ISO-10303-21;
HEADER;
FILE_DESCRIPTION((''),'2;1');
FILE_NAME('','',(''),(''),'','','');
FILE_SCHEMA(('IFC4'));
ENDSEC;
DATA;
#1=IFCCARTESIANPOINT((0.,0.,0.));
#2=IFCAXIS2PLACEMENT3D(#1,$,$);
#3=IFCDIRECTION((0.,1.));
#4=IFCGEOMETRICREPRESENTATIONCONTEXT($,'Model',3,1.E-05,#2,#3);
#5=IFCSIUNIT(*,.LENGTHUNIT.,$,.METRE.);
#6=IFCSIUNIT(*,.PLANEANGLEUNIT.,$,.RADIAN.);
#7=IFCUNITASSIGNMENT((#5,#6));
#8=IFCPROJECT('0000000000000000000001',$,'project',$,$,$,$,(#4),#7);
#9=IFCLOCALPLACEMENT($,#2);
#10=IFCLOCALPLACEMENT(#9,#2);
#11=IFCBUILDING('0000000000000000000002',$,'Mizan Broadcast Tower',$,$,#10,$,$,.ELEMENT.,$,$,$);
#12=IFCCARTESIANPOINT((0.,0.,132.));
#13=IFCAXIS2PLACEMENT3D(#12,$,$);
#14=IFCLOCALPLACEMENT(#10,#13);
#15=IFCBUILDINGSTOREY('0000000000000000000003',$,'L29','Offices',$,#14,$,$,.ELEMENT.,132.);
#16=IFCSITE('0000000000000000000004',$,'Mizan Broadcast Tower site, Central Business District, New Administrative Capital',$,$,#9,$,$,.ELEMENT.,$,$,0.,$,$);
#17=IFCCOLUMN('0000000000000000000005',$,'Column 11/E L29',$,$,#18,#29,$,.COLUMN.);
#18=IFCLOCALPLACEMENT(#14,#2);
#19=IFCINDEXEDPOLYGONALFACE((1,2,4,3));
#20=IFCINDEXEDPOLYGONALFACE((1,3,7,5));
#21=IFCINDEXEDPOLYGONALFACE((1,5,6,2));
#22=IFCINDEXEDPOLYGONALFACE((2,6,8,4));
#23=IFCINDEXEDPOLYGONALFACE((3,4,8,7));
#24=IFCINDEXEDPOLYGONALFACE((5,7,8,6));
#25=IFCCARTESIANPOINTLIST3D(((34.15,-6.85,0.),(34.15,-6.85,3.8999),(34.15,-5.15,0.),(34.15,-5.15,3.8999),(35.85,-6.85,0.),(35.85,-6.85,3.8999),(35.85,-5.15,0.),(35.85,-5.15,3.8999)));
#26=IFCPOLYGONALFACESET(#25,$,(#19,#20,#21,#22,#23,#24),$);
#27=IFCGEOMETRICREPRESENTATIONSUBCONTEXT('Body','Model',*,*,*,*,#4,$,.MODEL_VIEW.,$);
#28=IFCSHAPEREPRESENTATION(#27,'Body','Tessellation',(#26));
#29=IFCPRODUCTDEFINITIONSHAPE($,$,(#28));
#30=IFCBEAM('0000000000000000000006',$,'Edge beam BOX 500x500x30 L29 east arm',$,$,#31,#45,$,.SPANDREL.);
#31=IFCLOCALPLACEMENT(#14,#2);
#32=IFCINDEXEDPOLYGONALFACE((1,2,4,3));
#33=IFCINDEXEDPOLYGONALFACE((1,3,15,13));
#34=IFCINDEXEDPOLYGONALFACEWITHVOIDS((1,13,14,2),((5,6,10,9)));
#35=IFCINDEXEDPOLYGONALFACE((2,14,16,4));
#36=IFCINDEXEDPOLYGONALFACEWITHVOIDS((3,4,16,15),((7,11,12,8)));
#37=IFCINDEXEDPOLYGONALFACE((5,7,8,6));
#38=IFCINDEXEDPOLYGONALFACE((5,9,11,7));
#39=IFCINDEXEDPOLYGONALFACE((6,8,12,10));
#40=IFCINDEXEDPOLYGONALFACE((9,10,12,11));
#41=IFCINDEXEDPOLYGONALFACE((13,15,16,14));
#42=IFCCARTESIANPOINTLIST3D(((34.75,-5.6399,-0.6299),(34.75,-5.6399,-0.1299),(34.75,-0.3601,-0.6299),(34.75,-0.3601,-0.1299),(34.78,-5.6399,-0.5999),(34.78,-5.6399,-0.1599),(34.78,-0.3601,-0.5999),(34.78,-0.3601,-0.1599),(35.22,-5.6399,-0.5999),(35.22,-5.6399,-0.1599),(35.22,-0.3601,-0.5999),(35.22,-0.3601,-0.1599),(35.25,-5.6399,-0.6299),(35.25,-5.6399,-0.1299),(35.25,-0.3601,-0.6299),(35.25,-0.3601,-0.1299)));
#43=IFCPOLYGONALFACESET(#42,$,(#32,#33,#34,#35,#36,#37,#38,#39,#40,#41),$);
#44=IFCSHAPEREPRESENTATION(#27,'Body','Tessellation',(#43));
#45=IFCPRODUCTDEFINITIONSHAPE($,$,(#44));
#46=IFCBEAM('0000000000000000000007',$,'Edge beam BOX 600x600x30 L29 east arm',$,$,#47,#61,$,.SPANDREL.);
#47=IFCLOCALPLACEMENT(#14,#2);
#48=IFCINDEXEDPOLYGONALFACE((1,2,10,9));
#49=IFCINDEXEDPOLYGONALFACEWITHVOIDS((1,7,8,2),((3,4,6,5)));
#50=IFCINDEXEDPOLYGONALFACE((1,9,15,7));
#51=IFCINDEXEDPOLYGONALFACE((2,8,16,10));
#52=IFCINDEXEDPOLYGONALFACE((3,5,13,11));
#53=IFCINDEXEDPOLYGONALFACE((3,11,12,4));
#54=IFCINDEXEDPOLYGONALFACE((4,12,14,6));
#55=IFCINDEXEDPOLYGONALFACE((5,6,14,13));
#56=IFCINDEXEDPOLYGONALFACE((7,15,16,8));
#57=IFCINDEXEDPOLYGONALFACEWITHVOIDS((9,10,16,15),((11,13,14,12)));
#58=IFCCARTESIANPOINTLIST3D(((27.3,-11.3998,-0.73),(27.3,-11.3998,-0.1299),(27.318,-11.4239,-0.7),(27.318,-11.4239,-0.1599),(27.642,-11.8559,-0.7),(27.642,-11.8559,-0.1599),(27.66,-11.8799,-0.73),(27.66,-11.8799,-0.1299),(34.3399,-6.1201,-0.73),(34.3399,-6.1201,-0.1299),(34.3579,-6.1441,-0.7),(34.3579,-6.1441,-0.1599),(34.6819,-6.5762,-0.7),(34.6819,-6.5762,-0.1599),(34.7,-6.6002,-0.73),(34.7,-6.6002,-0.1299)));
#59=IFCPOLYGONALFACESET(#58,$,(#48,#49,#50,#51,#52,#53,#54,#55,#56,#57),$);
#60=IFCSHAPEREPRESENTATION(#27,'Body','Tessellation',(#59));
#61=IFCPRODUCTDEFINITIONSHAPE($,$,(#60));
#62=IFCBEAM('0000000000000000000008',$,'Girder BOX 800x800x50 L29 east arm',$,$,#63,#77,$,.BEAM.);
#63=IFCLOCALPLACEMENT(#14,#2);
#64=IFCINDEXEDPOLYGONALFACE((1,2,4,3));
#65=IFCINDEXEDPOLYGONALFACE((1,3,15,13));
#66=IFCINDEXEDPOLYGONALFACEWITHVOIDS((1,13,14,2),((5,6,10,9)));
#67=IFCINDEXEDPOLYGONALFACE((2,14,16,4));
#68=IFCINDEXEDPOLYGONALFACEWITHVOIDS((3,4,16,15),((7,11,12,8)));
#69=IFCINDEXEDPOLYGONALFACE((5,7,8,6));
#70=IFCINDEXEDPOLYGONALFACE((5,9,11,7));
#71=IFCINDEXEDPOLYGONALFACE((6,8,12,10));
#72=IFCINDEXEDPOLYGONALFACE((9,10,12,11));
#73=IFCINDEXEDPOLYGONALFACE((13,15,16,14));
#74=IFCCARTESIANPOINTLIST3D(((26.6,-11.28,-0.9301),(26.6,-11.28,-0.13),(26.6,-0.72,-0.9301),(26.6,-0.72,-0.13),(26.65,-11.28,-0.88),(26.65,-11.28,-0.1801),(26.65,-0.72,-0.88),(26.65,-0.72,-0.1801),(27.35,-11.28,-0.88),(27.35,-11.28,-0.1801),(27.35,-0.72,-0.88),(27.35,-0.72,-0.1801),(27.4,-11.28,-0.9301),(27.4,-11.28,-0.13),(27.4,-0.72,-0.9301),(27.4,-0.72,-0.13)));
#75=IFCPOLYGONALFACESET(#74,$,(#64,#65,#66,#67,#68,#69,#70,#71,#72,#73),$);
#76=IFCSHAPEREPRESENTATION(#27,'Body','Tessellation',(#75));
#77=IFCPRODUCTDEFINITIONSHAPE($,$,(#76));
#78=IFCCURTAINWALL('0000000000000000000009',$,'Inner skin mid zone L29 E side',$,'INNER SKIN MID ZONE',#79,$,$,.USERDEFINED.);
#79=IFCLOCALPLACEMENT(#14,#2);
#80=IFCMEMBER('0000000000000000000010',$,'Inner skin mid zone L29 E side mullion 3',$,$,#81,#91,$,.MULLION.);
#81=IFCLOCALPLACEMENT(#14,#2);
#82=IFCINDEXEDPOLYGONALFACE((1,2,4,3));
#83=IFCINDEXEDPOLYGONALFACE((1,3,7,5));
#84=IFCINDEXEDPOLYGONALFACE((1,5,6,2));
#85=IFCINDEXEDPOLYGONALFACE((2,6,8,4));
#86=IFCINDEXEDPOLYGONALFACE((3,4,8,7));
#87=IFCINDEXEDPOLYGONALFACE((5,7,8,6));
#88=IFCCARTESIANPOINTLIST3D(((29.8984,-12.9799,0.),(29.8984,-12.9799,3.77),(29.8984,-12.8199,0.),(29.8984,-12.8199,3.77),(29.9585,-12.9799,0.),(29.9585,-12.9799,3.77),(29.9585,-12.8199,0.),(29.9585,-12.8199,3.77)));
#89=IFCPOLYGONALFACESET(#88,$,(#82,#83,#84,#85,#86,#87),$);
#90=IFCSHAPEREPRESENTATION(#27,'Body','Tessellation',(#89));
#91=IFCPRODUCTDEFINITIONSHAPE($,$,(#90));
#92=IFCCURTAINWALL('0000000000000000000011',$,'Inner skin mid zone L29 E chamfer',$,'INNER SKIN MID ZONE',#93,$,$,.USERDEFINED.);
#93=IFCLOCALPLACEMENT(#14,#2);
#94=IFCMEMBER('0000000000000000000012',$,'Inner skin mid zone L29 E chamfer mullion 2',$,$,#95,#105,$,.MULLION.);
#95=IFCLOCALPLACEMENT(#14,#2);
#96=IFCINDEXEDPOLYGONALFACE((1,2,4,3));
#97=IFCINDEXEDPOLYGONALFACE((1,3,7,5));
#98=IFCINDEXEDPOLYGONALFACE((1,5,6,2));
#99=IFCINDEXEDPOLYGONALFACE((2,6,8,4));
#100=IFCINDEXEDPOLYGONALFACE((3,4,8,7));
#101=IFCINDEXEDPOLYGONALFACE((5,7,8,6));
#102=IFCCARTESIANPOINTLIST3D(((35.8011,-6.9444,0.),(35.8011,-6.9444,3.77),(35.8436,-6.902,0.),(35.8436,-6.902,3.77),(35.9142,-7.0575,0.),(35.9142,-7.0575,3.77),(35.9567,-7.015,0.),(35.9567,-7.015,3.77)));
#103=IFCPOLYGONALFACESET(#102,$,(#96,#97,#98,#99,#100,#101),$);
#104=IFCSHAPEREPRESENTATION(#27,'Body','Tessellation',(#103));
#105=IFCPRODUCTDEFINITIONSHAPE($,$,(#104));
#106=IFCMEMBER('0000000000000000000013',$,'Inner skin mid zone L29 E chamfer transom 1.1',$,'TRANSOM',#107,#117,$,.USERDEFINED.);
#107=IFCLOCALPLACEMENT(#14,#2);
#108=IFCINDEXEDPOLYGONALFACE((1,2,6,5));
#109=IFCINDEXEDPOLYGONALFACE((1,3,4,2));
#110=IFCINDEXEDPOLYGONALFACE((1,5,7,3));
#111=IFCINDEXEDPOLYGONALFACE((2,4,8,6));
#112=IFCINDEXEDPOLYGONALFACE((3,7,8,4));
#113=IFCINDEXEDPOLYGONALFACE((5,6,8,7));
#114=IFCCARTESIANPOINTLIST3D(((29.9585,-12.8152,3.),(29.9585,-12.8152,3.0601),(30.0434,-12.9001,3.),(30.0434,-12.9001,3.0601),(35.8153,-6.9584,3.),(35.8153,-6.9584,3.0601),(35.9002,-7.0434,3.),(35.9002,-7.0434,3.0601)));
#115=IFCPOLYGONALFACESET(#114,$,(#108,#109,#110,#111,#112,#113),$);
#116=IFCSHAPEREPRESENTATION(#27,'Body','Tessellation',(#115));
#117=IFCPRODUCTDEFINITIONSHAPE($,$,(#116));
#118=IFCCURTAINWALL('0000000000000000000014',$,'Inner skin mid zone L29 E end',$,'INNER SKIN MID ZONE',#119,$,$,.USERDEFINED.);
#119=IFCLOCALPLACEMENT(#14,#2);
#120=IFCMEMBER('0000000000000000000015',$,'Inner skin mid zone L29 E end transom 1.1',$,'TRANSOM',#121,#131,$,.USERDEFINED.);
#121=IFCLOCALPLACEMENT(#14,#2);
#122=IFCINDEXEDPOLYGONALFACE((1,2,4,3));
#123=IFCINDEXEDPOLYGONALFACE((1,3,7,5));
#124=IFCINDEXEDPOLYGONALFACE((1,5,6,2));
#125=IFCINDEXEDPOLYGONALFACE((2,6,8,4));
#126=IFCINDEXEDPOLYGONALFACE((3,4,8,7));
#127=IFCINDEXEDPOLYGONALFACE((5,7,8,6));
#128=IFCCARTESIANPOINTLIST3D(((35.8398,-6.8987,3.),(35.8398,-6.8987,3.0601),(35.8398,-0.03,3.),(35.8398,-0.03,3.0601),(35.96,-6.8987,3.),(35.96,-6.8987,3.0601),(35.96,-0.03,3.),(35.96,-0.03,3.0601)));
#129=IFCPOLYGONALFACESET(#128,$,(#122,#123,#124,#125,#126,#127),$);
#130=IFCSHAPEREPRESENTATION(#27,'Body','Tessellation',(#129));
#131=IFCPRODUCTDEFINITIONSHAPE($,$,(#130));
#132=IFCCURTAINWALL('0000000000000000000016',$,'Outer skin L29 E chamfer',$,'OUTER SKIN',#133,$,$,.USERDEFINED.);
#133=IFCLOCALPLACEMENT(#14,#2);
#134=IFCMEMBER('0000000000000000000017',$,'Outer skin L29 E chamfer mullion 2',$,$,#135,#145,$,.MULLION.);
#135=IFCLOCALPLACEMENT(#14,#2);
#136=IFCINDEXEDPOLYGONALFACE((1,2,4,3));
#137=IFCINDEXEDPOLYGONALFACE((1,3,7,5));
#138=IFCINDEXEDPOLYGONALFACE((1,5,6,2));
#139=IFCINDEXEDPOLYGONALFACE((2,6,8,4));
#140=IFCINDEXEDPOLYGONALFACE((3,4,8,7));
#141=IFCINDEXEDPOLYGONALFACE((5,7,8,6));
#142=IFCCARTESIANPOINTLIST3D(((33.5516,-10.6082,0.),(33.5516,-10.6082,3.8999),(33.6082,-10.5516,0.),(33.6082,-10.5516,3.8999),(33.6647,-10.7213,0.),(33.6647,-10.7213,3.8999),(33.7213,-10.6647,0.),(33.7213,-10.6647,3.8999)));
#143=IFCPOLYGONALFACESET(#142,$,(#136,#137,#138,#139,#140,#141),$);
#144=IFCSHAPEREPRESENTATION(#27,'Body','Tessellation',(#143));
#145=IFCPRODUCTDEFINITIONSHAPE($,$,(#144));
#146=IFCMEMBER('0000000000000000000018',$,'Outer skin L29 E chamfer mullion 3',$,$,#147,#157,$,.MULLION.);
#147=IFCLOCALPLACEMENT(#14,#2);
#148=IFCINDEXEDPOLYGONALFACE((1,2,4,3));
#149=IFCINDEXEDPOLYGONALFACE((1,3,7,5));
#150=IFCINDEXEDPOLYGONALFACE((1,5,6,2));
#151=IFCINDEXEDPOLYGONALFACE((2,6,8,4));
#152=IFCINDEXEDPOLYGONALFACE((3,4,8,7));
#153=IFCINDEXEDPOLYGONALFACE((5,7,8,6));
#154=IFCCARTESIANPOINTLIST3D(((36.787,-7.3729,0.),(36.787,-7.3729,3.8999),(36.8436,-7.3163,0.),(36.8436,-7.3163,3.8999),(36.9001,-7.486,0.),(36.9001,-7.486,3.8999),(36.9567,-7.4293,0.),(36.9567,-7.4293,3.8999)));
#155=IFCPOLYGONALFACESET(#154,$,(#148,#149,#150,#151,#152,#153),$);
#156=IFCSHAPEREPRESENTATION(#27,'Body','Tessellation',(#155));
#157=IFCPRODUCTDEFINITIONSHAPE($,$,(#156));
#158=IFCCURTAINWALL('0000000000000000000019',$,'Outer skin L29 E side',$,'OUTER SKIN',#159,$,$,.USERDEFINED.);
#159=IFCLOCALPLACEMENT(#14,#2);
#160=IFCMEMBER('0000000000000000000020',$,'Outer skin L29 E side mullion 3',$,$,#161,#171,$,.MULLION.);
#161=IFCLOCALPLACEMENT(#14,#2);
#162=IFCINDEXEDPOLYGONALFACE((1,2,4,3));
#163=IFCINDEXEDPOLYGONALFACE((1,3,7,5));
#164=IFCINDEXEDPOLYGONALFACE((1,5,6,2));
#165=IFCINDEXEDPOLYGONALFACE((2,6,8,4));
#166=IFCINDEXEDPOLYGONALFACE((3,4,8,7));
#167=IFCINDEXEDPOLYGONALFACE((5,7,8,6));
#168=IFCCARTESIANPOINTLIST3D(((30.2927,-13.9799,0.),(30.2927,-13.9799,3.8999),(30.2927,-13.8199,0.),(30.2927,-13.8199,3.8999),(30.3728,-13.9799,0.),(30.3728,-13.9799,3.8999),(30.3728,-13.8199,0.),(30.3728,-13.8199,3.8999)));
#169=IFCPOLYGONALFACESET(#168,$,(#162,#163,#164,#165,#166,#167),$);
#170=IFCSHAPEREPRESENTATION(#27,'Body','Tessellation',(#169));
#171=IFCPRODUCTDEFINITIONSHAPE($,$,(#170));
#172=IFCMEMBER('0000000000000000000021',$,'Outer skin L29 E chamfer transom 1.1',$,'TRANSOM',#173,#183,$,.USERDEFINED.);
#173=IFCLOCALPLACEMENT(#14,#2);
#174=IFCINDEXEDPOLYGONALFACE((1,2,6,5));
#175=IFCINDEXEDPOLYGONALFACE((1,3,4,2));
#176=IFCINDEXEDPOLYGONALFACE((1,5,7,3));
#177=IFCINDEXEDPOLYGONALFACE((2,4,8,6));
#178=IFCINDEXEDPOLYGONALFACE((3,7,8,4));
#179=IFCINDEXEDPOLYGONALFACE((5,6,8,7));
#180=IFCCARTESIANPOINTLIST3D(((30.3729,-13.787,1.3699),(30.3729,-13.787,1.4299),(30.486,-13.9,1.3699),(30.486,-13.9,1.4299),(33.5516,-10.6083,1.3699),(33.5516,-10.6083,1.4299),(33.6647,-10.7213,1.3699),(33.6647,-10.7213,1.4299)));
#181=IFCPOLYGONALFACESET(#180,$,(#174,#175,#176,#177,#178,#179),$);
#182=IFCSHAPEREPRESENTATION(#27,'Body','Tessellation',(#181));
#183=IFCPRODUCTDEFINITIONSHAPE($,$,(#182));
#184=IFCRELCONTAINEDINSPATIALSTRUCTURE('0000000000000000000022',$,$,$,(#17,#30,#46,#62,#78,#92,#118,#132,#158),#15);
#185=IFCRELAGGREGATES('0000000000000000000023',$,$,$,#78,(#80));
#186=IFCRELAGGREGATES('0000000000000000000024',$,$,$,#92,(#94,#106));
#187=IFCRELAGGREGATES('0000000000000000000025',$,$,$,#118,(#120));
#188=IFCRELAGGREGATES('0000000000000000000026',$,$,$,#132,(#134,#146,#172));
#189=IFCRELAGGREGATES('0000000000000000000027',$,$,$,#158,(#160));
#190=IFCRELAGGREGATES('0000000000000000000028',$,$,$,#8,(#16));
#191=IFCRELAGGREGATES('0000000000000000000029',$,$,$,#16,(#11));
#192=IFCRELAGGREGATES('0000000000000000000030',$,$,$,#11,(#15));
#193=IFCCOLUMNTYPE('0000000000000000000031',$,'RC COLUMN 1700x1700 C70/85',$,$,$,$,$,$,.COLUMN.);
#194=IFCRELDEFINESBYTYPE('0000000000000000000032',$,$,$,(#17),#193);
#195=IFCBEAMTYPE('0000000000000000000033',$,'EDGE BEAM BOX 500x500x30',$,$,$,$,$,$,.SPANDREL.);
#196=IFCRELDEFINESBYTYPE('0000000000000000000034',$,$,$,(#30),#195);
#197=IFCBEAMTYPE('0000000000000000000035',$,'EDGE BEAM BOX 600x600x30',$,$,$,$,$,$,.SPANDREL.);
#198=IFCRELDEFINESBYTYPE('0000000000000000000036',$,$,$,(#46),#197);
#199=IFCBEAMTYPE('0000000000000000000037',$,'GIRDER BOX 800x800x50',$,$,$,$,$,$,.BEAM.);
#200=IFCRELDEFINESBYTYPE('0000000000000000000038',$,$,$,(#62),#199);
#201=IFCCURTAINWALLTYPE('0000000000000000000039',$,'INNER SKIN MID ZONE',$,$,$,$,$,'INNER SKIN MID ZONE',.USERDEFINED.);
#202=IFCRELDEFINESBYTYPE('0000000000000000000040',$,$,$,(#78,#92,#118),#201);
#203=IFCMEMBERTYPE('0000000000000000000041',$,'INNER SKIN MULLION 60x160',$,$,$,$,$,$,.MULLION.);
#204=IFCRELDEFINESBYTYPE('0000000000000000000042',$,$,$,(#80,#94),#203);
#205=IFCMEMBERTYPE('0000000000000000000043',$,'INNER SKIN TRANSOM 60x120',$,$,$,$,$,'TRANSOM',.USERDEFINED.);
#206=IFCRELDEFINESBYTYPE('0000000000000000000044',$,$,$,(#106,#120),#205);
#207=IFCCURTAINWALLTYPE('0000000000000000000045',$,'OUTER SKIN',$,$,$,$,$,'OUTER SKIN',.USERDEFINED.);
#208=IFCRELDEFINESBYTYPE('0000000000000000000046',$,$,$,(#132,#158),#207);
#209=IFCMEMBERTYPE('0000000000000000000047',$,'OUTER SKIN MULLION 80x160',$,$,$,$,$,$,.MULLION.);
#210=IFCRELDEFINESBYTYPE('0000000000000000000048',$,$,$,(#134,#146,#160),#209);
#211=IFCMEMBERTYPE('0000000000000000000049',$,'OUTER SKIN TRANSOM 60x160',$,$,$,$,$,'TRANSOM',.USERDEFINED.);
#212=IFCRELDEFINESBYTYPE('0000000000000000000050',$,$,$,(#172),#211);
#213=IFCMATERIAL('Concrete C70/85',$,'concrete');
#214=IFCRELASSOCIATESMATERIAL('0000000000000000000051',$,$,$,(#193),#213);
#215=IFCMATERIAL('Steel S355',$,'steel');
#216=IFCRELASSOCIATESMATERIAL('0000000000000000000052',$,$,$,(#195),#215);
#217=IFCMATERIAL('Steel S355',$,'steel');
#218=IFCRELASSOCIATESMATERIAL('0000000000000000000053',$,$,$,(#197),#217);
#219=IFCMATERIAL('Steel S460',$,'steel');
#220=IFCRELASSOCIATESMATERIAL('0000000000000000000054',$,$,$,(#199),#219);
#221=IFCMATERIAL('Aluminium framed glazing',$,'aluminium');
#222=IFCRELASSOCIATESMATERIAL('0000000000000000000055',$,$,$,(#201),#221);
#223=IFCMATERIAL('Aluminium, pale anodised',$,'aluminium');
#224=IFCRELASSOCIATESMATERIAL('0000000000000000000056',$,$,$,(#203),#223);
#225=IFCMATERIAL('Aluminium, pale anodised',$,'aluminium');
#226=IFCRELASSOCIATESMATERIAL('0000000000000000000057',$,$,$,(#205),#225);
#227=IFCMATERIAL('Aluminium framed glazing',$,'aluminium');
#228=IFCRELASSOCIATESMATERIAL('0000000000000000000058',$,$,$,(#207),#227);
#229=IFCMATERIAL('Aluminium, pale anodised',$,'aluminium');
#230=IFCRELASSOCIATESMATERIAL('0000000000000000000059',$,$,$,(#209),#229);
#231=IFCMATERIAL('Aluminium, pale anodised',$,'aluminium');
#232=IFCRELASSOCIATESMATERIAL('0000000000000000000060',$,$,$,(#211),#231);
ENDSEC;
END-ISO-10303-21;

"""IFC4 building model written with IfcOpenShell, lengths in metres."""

from ifc_helpers import new_model, si_unit, direction, frame, origin, origin_2d, place, context, subcontext, project, spatial, rectangle, hollow_rectangle, extrude, material, material_profile, profile_set, type_object, element, aggregate, save


model = new_model("IFC4")

# Units and contexts
model_context = context("Model", 3, precision=1e-05, world=origin(), true_north=direction((0.0, 1.0)))
body_context = subcontext(model_context, "Body", "Model", "MODEL_VIEW")
ifc_project = project(units=[si_unit("LENGTHUNIT", "METRE"), si_unit("PLANEANGLEUNIT", "RADIAN")], contexts=[model_context])

# Site, building, storey
site_placement = place(None, origin())
site = spatial("IfcSite", under=ifc_project, at=site_placement, Name="Mizan Broadcast Tower site, Central Business District, New Administrative Capital", CompositionType="ELEMENT", RefElevation=0.0)
building_placement = place(site_placement, origin())
building = spatial("IfcBuilding", under=site, at=building_placement, Name="Mizan Broadcast Tower", CompositionType="ELEMENT")
storey_placement = place(building_placement, frame((0.0, 0.0, 132.0)))
storey = spatial("IfcBuildingStorey", under=building, at=storey_placement, Name="L29", Description="Offices", CompositionType="ELEMENT", Elevation=132.0)

# Column
ifc_material_1 = material(Name="Concrete C70/85", Category="concrete")
ifc_material_profile_1 = material_profile(ifc_material_1, rectangle(XDim=1.7, YDim=1.7, at=origin_2d()), Name="RC 1700x1700")
ifc_profile_set_1 = profile_set([ifc_material_profile_1], Name="Concrete C70/85")
column_type = type_object("IfcColumnType", Name="RC COLUMN 1700x1700 C70/85", PredefinedType="COLUMN", material=ifc_profile_set_1)
column_placement = place(storey_placement, frame((35.0, -6.0, 0.0), z_axis=(0.0, 0.0, 1.0), x_axis=(1.0, 0.0, 0.0)))
element("IfcColumn", 1, at=column_placement, inside=storey, type_object=column_type, Name="Column 11/E L29", PredefinedType="COLUMN", context=body_context, shape_type="SweptSolid", body=[
    extrude(rectangle(XDim=1.7, YDim=1.7, at=origin_2d()), origin(), (0.0, 0.0, 1.0), 3.8999),
])

# Beams
ifc_material_2 = material(Name="Steel S355", Category="steel")
ifc_material_profile_2 = material_profile(ifc_material_2, hollow_rectangle(XDim=0.5, YDim=0.5, WallThickness=0.03, at=origin_2d()), Name="BOX 500x500x30")
ifc_profile_set_2 = profile_set([ifc_material_profile_2], Name="Steel S355")
beam_type_1 = type_object("IfcBeamType", Name="EDGE BEAM BOX 500x500x30", PredefinedType="SPANDREL", material=ifc_profile_set_2)
beam_1_placement = place(storey_placement, frame((35.0, -5.6399, -0.3799), z_axis=(0.0, 1.0, 0.0), x_axis=(-1.0, 0.0, 0.0)))
element("IfcBeam", 2, at=beam_1_placement, inside=storey, type_object=beam_type_1, Name="Edge beam BOX 500x500x30 L29 east arm", PredefinedType="SPANDREL", context=body_context, shape_type="SweptSolid", body=[
    extrude(hollow_rectangle(XDim=0.5, YDim=0.5, WallThickness=0.03, at=origin_2d()), origin(), (0.0, 0.0, 1.0), 5.2798),
])
ifc_material_3 = material(Name="Steel S355", Category="steel")
ifc_material_profile_3 = material_profile(ifc_material_3, hollow_rectangle(XDim=0.6001, YDim=0.6001, WallThickness=0.03, at=origin_2d()), Name="BOX 600x600x30")
ifc_profile_set_3 = profile_set([ifc_material_profile_3], Name="Steel S355")
beam_type_2 = type_object("IfcBeamType", Name="EDGE BEAM BOX 600x600x30", PredefinedType="SPANDREL", material=ifc_profile_set_3)
beam_2_placement = place(storey_placement, frame((27.48, -11.6399, -0.4299), z_axis=(0.800013, 0.599982, 0.0), x_axis=(-0.599982, 0.800013, 0.0)))
element("IfcBeam", 3, at=beam_2_placement, inside=storey, type_object=beam_type_2, Name="Edge beam BOX 600x600x30 L29 east arm", PredefinedType="SPANDREL", context=body_context, shape_type="SweptSolid", body=[
    extrude(hollow_rectangle(XDim=0.6001, YDim=0.6001, WallThickness=0.03, at=origin_2d()), origin(), (0.0, 0.0, 1.0), 8.7998),
])
ifc_material_4 = material(Name="Steel S460", Category="steel")
ifc_material_profile_4 = material_profile(ifc_material_4, hollow_rectangle(XDim=0.8, YDim=0.8, WallThickness=0.05, at=origin_2d()), Name="BOX 800x800x50")
ifc_profile_set_4 = profile_set([ifc_material_profile_4], Name="Steel S460")
beam_type_3 = type_object("IfcBeamType", Name="GIRDER BOX 800x800x50", PredefinedType="BEAM", material=ifc_profile_set_4)
beam_3_placement = place(storey_placement, frame((27.0, -11.28, -0.53), z_axis=(0.0, 1.0, 0.0), x_axis=(-1.0, 0.0, 0.0)))
element("IfcBeam", 4, at=beam_3_placement, inside=storey, type_object=beam_type_3, Name="Girder BOX 800x800x50 L29 east arm", PredefinedType="BEAM", context=body_context, shape_type="SweptSolid", body=[
    extrude(hollow_rectangle(XDim=0.8, YDim=0.8, WallThickness=0.05, at=origin_2d()), origin(), (0.0, 0.0, 1.0), 10.5601),
])

# Curtain wall, member
ifc_material_5 = material(Name="Aluminium framed glazing", Category="aluminium")
curtain_wall_type_1 = type_object("IfcCurtainWallType", Name="INNER SKIN MID ZONE", ElementType="INNER SKIN MID ZONE", PredefinedType="USERDEFINED", material=ifc_material_5)
curtain_wall_1_placement = place(storey_placement, origin())
curtain_wall_1 = element("IfcCurtainWall", 5, at=curtain_wall_1_placement, inside=storey, type_object=curtain_wall_type_1, Name="Inner skin mid zone L29 E side", ObjectType="INNER SKIN MID ZONE", PredefinedType="USERDEFINED")
ifc_material_6 = material(Name="Aluminium, pale anodised", Category="aluminium")
ifc_material_profile_5 = material_profile(ifc_material_6, rectangle(XDim=0.1599, YDim=0.0601, at=origin_2d()), Name="MULLION 160x60")
ifc_profile_set_5 = profile_set([ifc_material_profile_5], Name="Aluminium, pale anodised")
member_type_1 = type_object("IfcMemberType", Name="INNER SKIN MULLION 60x160", PredefinedType="MULLION", material=ifc_profile_set_5)
member_1_placement = place(storey_placement, frame((29.9285, -12.8999, 0.0), z_axis=(0.0, 0.0, 1.0), x_axis=(0.0, 1.0, 0.0)))
member_1 = element("IfcMember", 6, at=member_1_placement, type_object=member_type_1, Name="Inner skin mid zone L29 E side mullion 3", PredefinedType="MULLION", context=body_context, shape_type="SweptSolid", body=[
    extrude(rectangle(XDim=0.1599, YDim=0.0601, at=origin_2d()), origin(), (0.0, 0.0, 1.0), 3.77),
])

# Curtain wall, members
curtain_wall_2_placement = place(storey_placement, origin())
curtain_wall_2 = element("IfcCurtainWall", 7, at=curtain_wall_2_placement, inside=storey, type_object=curtain_wall_type_1, Name="Inner skin mid zone L29 E chamfer", ObjectType="INNER SKIN MID ZONE", PredefinedType="USERDEFINED")
member_2_placement = place(storey_placement, frame((35.8789, -6.9797, 0.0), z_axis=(0.0, 0.0, 1.0), x_axis=(-0.707107, 0.707107, 0.0)))
member_2 = element("IfcMember", 8, at=member_2_placement, type_object=member_type_1, Name="Inner skin mid zone L29 E chamfer mullion 2", PredefinedType="MULLION", context=body_context, shape_type="SweptSolid", body=[
    extrude(rectangle(XDim=0.1599, YDim=0.0601, at=origin_2d()), origin(), (0.0, 0.0, 1.0), 3.77),
])
ifc_material_7 = material(Name="Aluminium, pale anodised", Category="aluminium")
ifc_material_profile_6 = material_profile(ifc_material_7, rectangle(XDim=0.1201, YDim=0.0601, at=origin_2d()), Name="TRANSOM 120x60")
ifc_profile_set_6 = profile_set([ifc_material_profile_6], Name="Aluminium, pale anodised")
member_type_2 = type_object("IfcMemberType", Name="INNER SKIN TRANSOM 60x120", ElementType="TRANSOM", PredefinedType="USERDEFINED", material=ifc_profile_set_6)
member_3_placement = place(storey_placement, frame((30.001, -12.8577, 3.03), z_axis=(0.707107, 0.707107, 0.0), x_axis=(-0.707107, 0.707107, 0.0)))
member_3 = element("IfcMember", 9, at=member_3_placement, type_object=member_type_2, Name="Inner skin mid zone L29 E chamfer transom 1.1", ObjectType="TRANSOM", PredefinedType="USERDEFINED", context=body_context, shape_type="SweptSolid", body=[
    extrude(rectangle(XDim=0.1201, YDim=0.0601, at=origin_2d()), origin(), (0.0, 0.0, 1.0), 8.2827),
])

# Curtain wall, member
curtain_wall_3_placement = place(storey_placement, origin())
curtain_wall_3 = element("IfcCurtainWall", 10, at=curtain_wall_3_placement, inside=storey, type_object=curtain_wall_type_1, Name="Inner skin mid zone L29 E end", ObjectType="INNER SKIN MID ZONE", PredefinedType="USERDEFINED")
member_4_placement = place(storey_placement, frame((35.8999, -6.8987, 3.03), z_axis=(0.0, 1.0, 0.0), x_axis=(-1.0, 0.0, 0.0)))
member_4 = element("IfcMember", 11, at=member_4_placement, type_object=member_type_2, Name="Inner skin mid zone L29 E end transom 1.1", ObjectType="TRANSOM", PredefinedType="USERDEFINED", context=body_context, shape_type="SweptSolid", body=[
    extrude(rectangle(XDim=0.1201, YDim=0.0601, at=origin_2d()), origin(), (0.0, 0.0, 1.0), 6.8687),
])

# Curtain wall, members
ifc_material_8 = material(Name="Aluminium framed glazing", Category="aluminium")
curtain_wall_type_2 = type_object("IfcCurtainWallType", Name="OUTER SKIN", ElementType="OUTER SKIN", PredefinedType="USERDEFINED", material=ifc_material_8)
curtain_wall_4_placement = place(storey_placement, origin())
curtain_wall_4 = element("IfcCurtainWall", 12, at=curtain_wall_4_placement, inside=storey, type_object=curtain_wall_type_2, Name="Outer skin L29 E chamfer", ObjectType="OUTER SKIN", PredefinedType="USERDEFINED")
ifc_material_9 = material(Name="Aluminium, pale anodised", Category="aluminium")
ifc_material_profile_7 = material_profile(ifc_material_9, rectangle(XDim=0.1599, YDim=0.0801, at=origin_2d()), Name="MULLION 160x80")
ifc_profile_set_7 = profile_set([ifc_material_profile_7], Name="Aluminium, pale anodised")
member_type_3 = type_object("IfcMemberType", Name="OUTER SKIN MULLION 80x160", PredefinedType="MULLION", material=ifc_profile_set_7)
member_5_placement = place(storey_placement, frame((33.6365, -10.6365, 0.0), z_axis=(0.0, 0.0, 1.0), x_axis=(-0.707107, 0.707107, 0.0)))
member_5 = element("IfcMember", 13, at=member_5_placement, type_object=member_type_3, Name="Outer skin L29 E chamfer mullion 2", PredefinedType="MULLION", context=body_context, shape_type="SweptSolid", body=[
    extrude(rectangle(XDim=0.1599, YDim=0.0801, at=origin_2d()), origin(), (0.0, 0.0, 1.0), 3.8999),
])
member_6_placement = place(storey_placement, frame((36.8718, -7.4011, 0.0), z_axis=(0.0, 0.0, 1.0), x_axis=(-0.707107, 0.707107, 0.0)))
member_6 = element("IfcMember", 14, at=member_6_placement, type_object=member_type_3, Name="Outer skin L29 E chamfer mullion 3", PredefinedType="MULLION", context=body_context, shape_type="SweptSolid", body=[
    extrude(rectangle(XDim=0.1599, YDim=0.0801, at=origin_2d()), origin(), (0.0, 0.0, 1.0), 3.8999),
])

# Curtain wall, member
curtain_wall_5_placement = place(storey_placement, origin())
curtain_wall_5 = element("IfcCurtainWall", 15, at=curtain_wall_5_placement, inside=storey, type_object=curtain_wall_type_2, Name="Outer skin L29 E side", ObjectType="OUTER SKIN", PredefinedType="USERDEFINED")
member_7_placement = place(storey_placement, frame((30.3328, -13.8999, 0.0), z_axis=(0.0, 0.0, 1.0), x_axis=(0.0, 1.0, 0.0)))
member_7 = element("IfcMember", 16, at=member_7_placement, type_object=member_type_3, Name="Outer skin L29 E side mullion 3", PredefinedType="MULLION", context=body_context, shape_type="SweptSolid", body=[
    extrude(rectangle(XDim=0.1599, YDim=0.0801, at=origin_2d()), origin(), (0.0, 0.0, 1.0), 3.8999),
])

# Member
ifc_material_10 = material(Name="Aluminium, pale anodised", Category="aluminium")
ifc_material_profile_8 = material_profile(ifc_material_10, rectangle(XDim=0.1599, YDim=0.0601, at=origin_2d()), Name="TRANSOM 160x60")
ifc_profile_set_8 = profile_set([ifc_material_profile_8], Name="Aluminium, pale anodised")
member_type_4 = type_object("IfcMemberType", Name="OUTER SKIN TRANSOM 60x160", ElementType="TRANSOM", PredefinedType="USERDEFINED", material=ifc_profile_set_8)
member_8_placement = place(storey_placement, frame((30.4294, -13.8435, 1.3999), z_axis=(0.707107, 0.707107, 0.0), x_axis=(-0.707107, 0.707107, 0.0)))
member_8 = element("IfcMember", 17, at=member_8_placement, type_object=member_type_4, Name="Outer skin L29 E chamfer transom 1.1", ObjectType="TRANSOM", PredefinedType="USERDEFINED", context=body_context, shape_type="SweptSolid", body=[
    extrude(rectangle(XDim=0.1599, YDim=0.0601, at=origin_2d()), origin(), (0.0, 0.0, 1.0), 4.4954),
])

aggregate(curtain_wall_1, [member_1])
aggregate(curtain_wall_2, [member_2, member_3])
aggregate(curtain_wall_3, [member_4])
aggregate(curtain_wall_4, [member_5, member_6, member_8])
aggregate(curtain_wall_5, [member_7])

save(model, "model.ifc")
